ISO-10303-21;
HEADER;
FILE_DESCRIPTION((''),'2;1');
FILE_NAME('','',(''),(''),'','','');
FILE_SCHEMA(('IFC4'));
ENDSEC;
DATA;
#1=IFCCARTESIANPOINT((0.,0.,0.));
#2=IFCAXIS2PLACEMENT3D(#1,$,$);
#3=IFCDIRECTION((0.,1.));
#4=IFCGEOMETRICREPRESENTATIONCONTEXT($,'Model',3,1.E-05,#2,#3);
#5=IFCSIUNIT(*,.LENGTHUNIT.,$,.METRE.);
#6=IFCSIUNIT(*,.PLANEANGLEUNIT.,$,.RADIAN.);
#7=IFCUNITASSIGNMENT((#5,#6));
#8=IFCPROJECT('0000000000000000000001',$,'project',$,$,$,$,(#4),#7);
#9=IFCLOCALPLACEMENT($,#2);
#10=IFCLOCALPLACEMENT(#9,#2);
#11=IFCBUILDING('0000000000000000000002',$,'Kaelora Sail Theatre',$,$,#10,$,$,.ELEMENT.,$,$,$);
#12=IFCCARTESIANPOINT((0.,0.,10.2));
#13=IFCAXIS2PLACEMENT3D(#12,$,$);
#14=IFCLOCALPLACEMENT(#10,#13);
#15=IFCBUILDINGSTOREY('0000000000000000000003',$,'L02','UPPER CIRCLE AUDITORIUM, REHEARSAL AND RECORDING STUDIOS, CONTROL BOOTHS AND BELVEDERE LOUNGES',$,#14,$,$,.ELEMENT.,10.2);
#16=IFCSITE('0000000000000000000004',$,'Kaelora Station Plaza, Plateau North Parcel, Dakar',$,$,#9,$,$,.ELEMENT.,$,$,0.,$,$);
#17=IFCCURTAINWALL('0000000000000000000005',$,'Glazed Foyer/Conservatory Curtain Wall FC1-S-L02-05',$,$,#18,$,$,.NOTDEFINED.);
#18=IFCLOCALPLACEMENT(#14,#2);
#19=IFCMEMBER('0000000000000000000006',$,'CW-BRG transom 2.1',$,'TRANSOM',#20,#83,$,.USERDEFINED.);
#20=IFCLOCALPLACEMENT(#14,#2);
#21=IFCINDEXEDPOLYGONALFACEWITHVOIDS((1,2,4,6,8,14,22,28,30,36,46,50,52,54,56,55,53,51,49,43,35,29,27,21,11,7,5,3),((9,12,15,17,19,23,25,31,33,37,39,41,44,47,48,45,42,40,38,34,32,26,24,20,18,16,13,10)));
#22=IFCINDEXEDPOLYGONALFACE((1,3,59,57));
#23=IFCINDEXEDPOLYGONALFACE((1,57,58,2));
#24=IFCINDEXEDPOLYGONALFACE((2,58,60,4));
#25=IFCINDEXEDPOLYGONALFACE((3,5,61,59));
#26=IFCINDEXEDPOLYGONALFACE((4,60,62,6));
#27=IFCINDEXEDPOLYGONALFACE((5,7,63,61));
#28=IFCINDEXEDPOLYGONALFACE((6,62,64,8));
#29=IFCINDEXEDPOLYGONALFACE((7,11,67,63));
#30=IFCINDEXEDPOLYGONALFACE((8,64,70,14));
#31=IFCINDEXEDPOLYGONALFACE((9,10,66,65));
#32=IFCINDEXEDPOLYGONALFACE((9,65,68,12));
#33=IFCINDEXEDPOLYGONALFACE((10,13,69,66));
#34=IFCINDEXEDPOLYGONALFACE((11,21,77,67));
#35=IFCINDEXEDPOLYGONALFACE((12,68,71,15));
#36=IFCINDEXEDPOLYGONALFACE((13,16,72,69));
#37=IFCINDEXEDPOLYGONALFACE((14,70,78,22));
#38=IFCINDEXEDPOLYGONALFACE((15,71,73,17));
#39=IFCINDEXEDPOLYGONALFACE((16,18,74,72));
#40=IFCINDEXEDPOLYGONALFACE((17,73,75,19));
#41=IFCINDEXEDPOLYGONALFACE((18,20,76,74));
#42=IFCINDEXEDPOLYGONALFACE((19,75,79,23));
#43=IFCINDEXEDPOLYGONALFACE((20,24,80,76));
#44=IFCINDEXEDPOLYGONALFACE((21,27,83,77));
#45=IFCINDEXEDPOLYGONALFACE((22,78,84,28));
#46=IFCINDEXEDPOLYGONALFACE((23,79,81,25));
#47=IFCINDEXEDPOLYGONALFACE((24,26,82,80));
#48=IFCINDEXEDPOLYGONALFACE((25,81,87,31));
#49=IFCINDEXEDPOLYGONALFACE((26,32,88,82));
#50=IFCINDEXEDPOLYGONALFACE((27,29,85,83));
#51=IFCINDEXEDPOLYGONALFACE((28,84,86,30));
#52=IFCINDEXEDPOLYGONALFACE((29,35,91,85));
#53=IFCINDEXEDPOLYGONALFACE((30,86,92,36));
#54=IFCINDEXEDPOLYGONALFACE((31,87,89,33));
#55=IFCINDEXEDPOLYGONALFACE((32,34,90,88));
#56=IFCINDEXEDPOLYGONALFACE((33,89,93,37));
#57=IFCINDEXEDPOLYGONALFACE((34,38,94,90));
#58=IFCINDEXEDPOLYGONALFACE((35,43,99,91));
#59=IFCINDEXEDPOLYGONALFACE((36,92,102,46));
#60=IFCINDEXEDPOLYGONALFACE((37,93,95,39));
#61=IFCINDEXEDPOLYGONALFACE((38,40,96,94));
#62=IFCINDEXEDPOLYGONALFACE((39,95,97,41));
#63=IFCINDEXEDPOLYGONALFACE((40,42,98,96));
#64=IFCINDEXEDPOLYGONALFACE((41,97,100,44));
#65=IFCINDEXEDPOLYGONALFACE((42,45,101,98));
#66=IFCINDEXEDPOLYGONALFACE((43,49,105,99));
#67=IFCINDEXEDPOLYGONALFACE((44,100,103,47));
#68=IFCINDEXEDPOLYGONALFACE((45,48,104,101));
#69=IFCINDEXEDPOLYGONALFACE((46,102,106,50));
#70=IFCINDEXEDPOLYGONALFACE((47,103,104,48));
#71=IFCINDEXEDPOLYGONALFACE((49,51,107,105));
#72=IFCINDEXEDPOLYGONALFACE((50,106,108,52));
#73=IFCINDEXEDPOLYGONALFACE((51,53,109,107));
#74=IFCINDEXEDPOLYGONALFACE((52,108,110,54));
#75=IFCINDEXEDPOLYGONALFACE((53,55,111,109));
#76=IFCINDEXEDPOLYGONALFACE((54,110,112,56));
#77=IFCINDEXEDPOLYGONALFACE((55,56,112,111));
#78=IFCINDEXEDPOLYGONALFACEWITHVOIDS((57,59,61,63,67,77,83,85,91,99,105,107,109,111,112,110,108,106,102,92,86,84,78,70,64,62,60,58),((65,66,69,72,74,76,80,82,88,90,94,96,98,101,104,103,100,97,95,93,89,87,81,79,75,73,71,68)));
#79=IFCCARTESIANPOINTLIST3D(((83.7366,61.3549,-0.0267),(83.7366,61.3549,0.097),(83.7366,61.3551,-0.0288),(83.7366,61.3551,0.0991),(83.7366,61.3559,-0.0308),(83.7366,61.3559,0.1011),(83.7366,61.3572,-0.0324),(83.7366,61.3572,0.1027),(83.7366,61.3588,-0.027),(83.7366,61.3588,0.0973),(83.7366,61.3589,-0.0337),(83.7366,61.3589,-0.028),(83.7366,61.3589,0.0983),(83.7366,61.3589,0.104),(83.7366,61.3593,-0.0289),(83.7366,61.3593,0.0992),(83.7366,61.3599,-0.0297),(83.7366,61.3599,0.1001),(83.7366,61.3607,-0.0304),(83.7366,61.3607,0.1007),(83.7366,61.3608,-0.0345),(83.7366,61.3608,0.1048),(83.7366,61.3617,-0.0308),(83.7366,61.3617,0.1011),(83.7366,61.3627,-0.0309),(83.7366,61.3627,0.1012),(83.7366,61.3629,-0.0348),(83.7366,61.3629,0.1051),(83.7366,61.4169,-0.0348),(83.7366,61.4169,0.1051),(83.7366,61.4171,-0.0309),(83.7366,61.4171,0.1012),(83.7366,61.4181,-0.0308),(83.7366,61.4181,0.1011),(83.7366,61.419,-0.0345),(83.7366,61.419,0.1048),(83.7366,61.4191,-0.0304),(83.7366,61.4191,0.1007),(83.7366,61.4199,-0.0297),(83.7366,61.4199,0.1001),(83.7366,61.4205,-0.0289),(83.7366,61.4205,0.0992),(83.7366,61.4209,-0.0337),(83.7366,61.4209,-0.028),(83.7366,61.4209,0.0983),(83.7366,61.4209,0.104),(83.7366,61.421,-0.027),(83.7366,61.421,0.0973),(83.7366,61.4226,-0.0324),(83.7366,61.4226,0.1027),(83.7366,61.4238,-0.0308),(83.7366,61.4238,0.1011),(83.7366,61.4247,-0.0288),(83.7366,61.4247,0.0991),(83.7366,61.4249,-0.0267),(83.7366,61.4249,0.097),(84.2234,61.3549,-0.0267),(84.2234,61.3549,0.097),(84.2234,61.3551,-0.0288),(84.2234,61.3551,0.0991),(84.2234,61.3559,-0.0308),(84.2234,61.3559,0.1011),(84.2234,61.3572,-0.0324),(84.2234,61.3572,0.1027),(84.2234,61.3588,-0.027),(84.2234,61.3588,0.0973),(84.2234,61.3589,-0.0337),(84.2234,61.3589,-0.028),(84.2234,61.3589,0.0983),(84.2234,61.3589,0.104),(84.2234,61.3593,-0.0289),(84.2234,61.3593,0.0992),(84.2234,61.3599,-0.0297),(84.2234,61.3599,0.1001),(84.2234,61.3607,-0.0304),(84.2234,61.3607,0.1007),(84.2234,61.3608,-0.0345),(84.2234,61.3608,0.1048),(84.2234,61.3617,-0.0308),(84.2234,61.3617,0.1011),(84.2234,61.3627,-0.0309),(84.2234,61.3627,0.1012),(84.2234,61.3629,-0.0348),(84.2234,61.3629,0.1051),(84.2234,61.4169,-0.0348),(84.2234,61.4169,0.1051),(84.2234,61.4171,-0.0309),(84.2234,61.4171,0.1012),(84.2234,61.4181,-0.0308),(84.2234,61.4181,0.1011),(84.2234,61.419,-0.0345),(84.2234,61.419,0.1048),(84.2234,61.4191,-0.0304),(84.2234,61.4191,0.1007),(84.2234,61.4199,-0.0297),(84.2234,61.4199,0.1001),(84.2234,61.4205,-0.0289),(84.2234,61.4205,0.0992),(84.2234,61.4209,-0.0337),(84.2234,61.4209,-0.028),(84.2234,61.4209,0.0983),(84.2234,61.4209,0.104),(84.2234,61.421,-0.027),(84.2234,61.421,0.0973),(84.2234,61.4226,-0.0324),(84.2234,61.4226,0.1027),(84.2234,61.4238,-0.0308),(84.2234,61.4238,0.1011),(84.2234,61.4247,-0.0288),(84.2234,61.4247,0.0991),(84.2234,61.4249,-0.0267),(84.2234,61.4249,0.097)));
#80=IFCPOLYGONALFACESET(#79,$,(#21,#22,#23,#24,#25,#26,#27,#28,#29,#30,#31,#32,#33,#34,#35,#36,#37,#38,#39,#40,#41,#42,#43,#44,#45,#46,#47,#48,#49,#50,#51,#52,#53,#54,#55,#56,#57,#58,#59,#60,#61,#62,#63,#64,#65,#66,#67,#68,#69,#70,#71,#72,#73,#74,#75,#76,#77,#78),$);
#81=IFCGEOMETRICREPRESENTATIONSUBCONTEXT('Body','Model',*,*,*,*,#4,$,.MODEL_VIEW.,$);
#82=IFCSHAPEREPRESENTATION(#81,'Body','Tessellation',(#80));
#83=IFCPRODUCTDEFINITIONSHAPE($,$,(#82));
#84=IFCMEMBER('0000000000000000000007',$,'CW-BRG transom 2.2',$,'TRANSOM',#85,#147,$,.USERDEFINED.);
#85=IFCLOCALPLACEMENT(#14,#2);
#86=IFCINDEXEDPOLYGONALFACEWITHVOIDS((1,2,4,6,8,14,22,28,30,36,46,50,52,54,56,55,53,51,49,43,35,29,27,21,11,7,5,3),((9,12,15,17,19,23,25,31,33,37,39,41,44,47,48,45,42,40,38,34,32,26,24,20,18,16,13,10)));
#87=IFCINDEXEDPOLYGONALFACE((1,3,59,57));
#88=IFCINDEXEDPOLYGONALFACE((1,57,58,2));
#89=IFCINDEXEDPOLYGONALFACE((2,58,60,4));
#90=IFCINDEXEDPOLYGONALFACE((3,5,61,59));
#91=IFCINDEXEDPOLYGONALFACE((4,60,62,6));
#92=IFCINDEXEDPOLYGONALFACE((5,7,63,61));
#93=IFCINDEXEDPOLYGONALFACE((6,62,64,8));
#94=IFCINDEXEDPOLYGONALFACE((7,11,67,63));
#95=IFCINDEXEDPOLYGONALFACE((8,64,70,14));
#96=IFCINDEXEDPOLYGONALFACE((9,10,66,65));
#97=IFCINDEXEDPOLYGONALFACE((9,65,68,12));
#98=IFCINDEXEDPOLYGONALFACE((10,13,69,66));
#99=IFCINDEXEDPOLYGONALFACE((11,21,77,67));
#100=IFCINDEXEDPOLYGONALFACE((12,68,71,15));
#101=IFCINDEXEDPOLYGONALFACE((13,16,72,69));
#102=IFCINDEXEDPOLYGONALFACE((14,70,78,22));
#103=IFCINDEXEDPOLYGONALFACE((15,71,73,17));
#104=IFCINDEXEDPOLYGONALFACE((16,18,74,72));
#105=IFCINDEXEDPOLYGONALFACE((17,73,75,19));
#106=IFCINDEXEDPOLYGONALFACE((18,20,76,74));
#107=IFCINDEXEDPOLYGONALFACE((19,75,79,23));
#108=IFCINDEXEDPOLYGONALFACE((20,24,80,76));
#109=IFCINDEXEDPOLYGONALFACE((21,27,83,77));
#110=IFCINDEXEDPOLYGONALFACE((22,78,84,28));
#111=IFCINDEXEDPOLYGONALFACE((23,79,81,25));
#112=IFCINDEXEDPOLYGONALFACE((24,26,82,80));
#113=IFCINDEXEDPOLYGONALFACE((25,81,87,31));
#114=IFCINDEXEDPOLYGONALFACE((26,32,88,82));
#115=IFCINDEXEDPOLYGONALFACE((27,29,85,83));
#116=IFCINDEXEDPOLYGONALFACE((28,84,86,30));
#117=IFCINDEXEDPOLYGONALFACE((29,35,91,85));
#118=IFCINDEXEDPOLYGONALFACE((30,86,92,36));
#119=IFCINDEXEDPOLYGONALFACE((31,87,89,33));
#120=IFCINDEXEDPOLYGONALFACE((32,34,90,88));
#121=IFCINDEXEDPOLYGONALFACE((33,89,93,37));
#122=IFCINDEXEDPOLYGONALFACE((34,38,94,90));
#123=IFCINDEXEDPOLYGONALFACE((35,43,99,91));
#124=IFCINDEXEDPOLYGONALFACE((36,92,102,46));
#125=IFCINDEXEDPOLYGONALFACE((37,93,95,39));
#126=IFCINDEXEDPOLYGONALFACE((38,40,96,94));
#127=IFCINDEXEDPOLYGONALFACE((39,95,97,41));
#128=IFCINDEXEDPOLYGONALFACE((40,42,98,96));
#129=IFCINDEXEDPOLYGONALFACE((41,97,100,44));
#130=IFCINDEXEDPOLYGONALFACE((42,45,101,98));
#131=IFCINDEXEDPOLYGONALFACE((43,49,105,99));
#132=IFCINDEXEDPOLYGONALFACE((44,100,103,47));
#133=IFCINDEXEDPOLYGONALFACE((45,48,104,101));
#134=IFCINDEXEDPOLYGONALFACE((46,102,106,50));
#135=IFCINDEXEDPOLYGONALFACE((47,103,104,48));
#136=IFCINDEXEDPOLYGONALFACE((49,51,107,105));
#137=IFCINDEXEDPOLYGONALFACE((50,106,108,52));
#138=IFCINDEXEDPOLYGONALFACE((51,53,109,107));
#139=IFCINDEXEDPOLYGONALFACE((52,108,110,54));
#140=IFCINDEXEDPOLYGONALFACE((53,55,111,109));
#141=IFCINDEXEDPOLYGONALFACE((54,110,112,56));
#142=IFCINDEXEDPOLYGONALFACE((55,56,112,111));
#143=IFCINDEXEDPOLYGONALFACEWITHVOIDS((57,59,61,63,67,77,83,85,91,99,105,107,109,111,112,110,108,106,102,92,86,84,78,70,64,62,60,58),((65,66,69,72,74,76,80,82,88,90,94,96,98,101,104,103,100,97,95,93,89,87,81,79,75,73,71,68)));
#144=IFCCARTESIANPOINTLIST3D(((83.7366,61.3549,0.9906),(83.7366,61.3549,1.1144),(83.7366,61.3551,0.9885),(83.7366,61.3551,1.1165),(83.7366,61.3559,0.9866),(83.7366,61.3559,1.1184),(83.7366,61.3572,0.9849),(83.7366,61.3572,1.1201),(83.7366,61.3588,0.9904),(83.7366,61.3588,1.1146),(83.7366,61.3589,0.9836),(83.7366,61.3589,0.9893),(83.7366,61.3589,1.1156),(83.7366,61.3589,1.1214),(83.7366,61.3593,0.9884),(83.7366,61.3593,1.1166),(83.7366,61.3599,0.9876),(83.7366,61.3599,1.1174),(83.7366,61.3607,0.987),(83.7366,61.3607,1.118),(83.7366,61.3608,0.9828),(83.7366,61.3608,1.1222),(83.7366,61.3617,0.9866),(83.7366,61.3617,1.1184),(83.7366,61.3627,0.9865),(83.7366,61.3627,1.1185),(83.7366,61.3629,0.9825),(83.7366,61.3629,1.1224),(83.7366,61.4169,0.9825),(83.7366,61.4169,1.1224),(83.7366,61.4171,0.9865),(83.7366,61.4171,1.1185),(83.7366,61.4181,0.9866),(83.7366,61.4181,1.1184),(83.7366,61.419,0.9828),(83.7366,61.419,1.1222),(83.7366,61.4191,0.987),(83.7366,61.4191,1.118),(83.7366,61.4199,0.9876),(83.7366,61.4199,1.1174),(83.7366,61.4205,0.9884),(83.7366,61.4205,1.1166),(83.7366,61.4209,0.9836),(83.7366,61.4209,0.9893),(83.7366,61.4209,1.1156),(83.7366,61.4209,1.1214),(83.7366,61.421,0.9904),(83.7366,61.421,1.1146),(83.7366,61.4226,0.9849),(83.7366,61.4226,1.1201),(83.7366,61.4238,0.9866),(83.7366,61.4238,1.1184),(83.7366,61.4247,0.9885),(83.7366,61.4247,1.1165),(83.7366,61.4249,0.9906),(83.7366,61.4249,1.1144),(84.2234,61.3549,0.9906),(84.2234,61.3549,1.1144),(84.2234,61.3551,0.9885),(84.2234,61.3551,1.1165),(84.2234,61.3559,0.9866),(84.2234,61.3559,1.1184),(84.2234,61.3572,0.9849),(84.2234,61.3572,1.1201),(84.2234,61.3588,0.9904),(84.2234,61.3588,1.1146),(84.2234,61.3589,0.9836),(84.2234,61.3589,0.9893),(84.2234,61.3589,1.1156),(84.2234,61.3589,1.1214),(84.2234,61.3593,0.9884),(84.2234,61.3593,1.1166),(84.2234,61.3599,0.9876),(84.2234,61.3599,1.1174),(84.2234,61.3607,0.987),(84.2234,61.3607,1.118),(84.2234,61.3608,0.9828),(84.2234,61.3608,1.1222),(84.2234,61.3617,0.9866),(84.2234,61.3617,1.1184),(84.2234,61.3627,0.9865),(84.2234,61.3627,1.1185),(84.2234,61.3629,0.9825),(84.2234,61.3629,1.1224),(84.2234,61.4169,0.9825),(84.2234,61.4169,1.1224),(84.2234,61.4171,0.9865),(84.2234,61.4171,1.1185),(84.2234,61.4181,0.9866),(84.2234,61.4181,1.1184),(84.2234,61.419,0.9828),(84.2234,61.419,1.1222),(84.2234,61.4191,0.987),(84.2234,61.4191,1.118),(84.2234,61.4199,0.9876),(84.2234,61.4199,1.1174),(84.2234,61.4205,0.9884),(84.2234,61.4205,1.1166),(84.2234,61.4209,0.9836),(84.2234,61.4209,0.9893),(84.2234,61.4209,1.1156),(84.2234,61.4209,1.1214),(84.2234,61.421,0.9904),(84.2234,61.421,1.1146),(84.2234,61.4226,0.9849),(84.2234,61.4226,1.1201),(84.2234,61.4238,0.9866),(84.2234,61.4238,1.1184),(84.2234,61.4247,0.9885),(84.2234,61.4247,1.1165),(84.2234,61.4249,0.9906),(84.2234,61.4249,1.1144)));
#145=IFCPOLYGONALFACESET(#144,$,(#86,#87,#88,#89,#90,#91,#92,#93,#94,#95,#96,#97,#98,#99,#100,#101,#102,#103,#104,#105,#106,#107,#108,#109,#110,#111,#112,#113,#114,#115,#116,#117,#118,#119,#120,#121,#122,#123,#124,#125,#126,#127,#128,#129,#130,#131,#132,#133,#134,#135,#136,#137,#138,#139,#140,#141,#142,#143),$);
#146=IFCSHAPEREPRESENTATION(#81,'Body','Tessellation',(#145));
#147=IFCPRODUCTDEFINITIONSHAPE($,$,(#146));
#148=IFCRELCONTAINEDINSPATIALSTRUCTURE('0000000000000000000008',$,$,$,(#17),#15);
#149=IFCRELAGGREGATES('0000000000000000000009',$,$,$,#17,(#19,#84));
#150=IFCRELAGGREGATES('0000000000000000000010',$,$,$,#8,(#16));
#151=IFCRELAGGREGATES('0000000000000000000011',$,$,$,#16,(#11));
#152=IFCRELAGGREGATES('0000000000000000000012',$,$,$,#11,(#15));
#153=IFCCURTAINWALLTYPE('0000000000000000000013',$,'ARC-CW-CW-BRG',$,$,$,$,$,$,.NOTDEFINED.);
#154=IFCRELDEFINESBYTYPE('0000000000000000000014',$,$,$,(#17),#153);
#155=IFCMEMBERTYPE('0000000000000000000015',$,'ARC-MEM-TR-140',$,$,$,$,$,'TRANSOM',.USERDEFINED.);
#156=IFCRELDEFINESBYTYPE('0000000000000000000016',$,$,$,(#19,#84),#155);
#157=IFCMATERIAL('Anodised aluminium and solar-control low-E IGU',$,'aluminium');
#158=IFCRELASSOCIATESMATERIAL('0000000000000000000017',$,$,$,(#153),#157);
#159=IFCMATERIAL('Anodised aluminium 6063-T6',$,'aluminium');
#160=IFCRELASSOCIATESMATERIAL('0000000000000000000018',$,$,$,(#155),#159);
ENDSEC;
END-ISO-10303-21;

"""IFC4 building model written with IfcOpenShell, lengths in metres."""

from ifc_helpers import new_model, si_unit, direction, frame, origin, origin_2d, place, context, subcontext, project, spatial, hollow_rectangle, extrude, material, material_profile, profile_set, type_object, element, aggregate, save


model = new_model("IFC4")

# Units and contexts
model_context = context("Model", 3, precision=1e-05, world=origin(), true_north=direction((0.0, 1.0)))
body_context = subcontext(model_context, "Body", "Model", "MODEL_VIEW")
ifc_project = project(units=[si_unit("LENGTHUNIT", "METRE"), si_unit("PLANEANGLEUNIT", "RADIAN")], contexts=[model_context])

# Site, building, storey
site_placement = place(None, origin())
site = spatial("IfcSite", under=ifc_project, at=site_placement, Name="Kaelora Station Plaza, Plateau North Parcel, Dakar", CompositionType="ELEMENT", RefElevation=0.0)
building_placement = place(site_placement, origin())
building = spatial("IfcBuilding", under=site, at=building_placement, Name="Kaelora Sail Theatre", CompositionType="ELEMENT")
storey_placement = place(building_placement, frame((0.0, 0.0, 10.2)))
storey = spatial("IfcBuildingStorey", under=building, at=storey_placement, Name="L02", Description="UPPER CIRCLE AUDITORIUM, REHEARSAL AND RECORDING STUDIOS, CONTROL BOOTHS AND BELVEDERE LOUNGES", CompositionType="ELEMENT", Elevation=10.2)

# Curtain wall
ifc_material_1 = material(Name="Anodised aluminium and solar-control low-E IGU", Category="aluminium")
curtain_wall_type = type_object("IfcCurtainWallType", Name="ARC-CW-CW-BRG", PredefinedType="NOTDEFINED", material=ifc_material_1)
curtain_wall_1_placement = place(storey_placement, origin())
curtain_wall_1 = element("IfcCurtainWall", 1, at=curtain_wall_1_placement, inside=storey, type_object=curtain_wall_type, Name="Glazed Foyer/Conservatory Curtain Wall FC1-S-L02-05", PredefinedType="NOTDEFINED")

# Members
ifc_material_2 = material(Name="Anodised aluminium 6063-T6", Category="aluminium")
ifc_material_profile_1 = material_profile(ifc_material_2, hollow_rectangle(XDim=0.0701, YDim=0.1399, WallThickness=0.0039, InnerFilletRadius=0.0039, OuterFilletRadius=0.0081, at=origin_2d()), Name="ALU-TRAN 70x140x4")
ifc_profile_set_1 = profile_set([ifc_material_profile_1], Name="Anodised aluminium 6063-T6")
member_type_1 = type_object("IfcMemberType", Name="ARC-MEM-TR-140", ElementType="TRANSOM", PredefinedType="USERDEFINED", material=ifc_profile_set_1)
member_1_placement = place(storey_placement, frame((83.7366, 61.3899, 0.0352), z_axis=(1.0, 0.0, 0.0), x_axis=(0.0, 1.0, 0.0)))
member_1 = element("IfcMember", 2, at=member_1_placement, type_object=member_type_1, Name="CW-BRG transom 2.1", ObjectType="TRANSOM", PredefinedType="USERDEFINED", context=body_context, shape_type="SweptSolid", body=[
    extrude(hollow_rectangle(XDim=0.0701, YDim=0.1399, WallThickness=0.0039, InnerFilletRadius=0.0039, OuterFilletRadius=0.0081, at=origin_2d()), origin(), (0.0, 0.0, 1.0), 0.4868),
])
member_2_placement = place(storey_placement, frame((83.7366, 61.3899, 1.0525), z_axis=(1.0, 0.0, 0.0), x_axis=(0.0, 1.0, 0.0)))
member_2 = element("IfcMember", 3, at=member_2_placement, type_object=member_type_1, Name="CW-BRG transom 2.2", ObjectType="TRANSOM", PredefinedType="USERDEFINED", context=body_context, shape_type="SweptSolid", body=[
    extrude(hollow_rectangle(XDim=0.0701, YDim=0.1399, WallThickness=0.0039, InnerFilletRadius=0.0039, OuterFilletRadius=0.0081, at=origin_2d()), origin(), (0.0, 0.0, 1.0), 0.4868),
])

aggregate(curtain_wall_1, [member_1, member_2])

save(model, "model.ifc")
